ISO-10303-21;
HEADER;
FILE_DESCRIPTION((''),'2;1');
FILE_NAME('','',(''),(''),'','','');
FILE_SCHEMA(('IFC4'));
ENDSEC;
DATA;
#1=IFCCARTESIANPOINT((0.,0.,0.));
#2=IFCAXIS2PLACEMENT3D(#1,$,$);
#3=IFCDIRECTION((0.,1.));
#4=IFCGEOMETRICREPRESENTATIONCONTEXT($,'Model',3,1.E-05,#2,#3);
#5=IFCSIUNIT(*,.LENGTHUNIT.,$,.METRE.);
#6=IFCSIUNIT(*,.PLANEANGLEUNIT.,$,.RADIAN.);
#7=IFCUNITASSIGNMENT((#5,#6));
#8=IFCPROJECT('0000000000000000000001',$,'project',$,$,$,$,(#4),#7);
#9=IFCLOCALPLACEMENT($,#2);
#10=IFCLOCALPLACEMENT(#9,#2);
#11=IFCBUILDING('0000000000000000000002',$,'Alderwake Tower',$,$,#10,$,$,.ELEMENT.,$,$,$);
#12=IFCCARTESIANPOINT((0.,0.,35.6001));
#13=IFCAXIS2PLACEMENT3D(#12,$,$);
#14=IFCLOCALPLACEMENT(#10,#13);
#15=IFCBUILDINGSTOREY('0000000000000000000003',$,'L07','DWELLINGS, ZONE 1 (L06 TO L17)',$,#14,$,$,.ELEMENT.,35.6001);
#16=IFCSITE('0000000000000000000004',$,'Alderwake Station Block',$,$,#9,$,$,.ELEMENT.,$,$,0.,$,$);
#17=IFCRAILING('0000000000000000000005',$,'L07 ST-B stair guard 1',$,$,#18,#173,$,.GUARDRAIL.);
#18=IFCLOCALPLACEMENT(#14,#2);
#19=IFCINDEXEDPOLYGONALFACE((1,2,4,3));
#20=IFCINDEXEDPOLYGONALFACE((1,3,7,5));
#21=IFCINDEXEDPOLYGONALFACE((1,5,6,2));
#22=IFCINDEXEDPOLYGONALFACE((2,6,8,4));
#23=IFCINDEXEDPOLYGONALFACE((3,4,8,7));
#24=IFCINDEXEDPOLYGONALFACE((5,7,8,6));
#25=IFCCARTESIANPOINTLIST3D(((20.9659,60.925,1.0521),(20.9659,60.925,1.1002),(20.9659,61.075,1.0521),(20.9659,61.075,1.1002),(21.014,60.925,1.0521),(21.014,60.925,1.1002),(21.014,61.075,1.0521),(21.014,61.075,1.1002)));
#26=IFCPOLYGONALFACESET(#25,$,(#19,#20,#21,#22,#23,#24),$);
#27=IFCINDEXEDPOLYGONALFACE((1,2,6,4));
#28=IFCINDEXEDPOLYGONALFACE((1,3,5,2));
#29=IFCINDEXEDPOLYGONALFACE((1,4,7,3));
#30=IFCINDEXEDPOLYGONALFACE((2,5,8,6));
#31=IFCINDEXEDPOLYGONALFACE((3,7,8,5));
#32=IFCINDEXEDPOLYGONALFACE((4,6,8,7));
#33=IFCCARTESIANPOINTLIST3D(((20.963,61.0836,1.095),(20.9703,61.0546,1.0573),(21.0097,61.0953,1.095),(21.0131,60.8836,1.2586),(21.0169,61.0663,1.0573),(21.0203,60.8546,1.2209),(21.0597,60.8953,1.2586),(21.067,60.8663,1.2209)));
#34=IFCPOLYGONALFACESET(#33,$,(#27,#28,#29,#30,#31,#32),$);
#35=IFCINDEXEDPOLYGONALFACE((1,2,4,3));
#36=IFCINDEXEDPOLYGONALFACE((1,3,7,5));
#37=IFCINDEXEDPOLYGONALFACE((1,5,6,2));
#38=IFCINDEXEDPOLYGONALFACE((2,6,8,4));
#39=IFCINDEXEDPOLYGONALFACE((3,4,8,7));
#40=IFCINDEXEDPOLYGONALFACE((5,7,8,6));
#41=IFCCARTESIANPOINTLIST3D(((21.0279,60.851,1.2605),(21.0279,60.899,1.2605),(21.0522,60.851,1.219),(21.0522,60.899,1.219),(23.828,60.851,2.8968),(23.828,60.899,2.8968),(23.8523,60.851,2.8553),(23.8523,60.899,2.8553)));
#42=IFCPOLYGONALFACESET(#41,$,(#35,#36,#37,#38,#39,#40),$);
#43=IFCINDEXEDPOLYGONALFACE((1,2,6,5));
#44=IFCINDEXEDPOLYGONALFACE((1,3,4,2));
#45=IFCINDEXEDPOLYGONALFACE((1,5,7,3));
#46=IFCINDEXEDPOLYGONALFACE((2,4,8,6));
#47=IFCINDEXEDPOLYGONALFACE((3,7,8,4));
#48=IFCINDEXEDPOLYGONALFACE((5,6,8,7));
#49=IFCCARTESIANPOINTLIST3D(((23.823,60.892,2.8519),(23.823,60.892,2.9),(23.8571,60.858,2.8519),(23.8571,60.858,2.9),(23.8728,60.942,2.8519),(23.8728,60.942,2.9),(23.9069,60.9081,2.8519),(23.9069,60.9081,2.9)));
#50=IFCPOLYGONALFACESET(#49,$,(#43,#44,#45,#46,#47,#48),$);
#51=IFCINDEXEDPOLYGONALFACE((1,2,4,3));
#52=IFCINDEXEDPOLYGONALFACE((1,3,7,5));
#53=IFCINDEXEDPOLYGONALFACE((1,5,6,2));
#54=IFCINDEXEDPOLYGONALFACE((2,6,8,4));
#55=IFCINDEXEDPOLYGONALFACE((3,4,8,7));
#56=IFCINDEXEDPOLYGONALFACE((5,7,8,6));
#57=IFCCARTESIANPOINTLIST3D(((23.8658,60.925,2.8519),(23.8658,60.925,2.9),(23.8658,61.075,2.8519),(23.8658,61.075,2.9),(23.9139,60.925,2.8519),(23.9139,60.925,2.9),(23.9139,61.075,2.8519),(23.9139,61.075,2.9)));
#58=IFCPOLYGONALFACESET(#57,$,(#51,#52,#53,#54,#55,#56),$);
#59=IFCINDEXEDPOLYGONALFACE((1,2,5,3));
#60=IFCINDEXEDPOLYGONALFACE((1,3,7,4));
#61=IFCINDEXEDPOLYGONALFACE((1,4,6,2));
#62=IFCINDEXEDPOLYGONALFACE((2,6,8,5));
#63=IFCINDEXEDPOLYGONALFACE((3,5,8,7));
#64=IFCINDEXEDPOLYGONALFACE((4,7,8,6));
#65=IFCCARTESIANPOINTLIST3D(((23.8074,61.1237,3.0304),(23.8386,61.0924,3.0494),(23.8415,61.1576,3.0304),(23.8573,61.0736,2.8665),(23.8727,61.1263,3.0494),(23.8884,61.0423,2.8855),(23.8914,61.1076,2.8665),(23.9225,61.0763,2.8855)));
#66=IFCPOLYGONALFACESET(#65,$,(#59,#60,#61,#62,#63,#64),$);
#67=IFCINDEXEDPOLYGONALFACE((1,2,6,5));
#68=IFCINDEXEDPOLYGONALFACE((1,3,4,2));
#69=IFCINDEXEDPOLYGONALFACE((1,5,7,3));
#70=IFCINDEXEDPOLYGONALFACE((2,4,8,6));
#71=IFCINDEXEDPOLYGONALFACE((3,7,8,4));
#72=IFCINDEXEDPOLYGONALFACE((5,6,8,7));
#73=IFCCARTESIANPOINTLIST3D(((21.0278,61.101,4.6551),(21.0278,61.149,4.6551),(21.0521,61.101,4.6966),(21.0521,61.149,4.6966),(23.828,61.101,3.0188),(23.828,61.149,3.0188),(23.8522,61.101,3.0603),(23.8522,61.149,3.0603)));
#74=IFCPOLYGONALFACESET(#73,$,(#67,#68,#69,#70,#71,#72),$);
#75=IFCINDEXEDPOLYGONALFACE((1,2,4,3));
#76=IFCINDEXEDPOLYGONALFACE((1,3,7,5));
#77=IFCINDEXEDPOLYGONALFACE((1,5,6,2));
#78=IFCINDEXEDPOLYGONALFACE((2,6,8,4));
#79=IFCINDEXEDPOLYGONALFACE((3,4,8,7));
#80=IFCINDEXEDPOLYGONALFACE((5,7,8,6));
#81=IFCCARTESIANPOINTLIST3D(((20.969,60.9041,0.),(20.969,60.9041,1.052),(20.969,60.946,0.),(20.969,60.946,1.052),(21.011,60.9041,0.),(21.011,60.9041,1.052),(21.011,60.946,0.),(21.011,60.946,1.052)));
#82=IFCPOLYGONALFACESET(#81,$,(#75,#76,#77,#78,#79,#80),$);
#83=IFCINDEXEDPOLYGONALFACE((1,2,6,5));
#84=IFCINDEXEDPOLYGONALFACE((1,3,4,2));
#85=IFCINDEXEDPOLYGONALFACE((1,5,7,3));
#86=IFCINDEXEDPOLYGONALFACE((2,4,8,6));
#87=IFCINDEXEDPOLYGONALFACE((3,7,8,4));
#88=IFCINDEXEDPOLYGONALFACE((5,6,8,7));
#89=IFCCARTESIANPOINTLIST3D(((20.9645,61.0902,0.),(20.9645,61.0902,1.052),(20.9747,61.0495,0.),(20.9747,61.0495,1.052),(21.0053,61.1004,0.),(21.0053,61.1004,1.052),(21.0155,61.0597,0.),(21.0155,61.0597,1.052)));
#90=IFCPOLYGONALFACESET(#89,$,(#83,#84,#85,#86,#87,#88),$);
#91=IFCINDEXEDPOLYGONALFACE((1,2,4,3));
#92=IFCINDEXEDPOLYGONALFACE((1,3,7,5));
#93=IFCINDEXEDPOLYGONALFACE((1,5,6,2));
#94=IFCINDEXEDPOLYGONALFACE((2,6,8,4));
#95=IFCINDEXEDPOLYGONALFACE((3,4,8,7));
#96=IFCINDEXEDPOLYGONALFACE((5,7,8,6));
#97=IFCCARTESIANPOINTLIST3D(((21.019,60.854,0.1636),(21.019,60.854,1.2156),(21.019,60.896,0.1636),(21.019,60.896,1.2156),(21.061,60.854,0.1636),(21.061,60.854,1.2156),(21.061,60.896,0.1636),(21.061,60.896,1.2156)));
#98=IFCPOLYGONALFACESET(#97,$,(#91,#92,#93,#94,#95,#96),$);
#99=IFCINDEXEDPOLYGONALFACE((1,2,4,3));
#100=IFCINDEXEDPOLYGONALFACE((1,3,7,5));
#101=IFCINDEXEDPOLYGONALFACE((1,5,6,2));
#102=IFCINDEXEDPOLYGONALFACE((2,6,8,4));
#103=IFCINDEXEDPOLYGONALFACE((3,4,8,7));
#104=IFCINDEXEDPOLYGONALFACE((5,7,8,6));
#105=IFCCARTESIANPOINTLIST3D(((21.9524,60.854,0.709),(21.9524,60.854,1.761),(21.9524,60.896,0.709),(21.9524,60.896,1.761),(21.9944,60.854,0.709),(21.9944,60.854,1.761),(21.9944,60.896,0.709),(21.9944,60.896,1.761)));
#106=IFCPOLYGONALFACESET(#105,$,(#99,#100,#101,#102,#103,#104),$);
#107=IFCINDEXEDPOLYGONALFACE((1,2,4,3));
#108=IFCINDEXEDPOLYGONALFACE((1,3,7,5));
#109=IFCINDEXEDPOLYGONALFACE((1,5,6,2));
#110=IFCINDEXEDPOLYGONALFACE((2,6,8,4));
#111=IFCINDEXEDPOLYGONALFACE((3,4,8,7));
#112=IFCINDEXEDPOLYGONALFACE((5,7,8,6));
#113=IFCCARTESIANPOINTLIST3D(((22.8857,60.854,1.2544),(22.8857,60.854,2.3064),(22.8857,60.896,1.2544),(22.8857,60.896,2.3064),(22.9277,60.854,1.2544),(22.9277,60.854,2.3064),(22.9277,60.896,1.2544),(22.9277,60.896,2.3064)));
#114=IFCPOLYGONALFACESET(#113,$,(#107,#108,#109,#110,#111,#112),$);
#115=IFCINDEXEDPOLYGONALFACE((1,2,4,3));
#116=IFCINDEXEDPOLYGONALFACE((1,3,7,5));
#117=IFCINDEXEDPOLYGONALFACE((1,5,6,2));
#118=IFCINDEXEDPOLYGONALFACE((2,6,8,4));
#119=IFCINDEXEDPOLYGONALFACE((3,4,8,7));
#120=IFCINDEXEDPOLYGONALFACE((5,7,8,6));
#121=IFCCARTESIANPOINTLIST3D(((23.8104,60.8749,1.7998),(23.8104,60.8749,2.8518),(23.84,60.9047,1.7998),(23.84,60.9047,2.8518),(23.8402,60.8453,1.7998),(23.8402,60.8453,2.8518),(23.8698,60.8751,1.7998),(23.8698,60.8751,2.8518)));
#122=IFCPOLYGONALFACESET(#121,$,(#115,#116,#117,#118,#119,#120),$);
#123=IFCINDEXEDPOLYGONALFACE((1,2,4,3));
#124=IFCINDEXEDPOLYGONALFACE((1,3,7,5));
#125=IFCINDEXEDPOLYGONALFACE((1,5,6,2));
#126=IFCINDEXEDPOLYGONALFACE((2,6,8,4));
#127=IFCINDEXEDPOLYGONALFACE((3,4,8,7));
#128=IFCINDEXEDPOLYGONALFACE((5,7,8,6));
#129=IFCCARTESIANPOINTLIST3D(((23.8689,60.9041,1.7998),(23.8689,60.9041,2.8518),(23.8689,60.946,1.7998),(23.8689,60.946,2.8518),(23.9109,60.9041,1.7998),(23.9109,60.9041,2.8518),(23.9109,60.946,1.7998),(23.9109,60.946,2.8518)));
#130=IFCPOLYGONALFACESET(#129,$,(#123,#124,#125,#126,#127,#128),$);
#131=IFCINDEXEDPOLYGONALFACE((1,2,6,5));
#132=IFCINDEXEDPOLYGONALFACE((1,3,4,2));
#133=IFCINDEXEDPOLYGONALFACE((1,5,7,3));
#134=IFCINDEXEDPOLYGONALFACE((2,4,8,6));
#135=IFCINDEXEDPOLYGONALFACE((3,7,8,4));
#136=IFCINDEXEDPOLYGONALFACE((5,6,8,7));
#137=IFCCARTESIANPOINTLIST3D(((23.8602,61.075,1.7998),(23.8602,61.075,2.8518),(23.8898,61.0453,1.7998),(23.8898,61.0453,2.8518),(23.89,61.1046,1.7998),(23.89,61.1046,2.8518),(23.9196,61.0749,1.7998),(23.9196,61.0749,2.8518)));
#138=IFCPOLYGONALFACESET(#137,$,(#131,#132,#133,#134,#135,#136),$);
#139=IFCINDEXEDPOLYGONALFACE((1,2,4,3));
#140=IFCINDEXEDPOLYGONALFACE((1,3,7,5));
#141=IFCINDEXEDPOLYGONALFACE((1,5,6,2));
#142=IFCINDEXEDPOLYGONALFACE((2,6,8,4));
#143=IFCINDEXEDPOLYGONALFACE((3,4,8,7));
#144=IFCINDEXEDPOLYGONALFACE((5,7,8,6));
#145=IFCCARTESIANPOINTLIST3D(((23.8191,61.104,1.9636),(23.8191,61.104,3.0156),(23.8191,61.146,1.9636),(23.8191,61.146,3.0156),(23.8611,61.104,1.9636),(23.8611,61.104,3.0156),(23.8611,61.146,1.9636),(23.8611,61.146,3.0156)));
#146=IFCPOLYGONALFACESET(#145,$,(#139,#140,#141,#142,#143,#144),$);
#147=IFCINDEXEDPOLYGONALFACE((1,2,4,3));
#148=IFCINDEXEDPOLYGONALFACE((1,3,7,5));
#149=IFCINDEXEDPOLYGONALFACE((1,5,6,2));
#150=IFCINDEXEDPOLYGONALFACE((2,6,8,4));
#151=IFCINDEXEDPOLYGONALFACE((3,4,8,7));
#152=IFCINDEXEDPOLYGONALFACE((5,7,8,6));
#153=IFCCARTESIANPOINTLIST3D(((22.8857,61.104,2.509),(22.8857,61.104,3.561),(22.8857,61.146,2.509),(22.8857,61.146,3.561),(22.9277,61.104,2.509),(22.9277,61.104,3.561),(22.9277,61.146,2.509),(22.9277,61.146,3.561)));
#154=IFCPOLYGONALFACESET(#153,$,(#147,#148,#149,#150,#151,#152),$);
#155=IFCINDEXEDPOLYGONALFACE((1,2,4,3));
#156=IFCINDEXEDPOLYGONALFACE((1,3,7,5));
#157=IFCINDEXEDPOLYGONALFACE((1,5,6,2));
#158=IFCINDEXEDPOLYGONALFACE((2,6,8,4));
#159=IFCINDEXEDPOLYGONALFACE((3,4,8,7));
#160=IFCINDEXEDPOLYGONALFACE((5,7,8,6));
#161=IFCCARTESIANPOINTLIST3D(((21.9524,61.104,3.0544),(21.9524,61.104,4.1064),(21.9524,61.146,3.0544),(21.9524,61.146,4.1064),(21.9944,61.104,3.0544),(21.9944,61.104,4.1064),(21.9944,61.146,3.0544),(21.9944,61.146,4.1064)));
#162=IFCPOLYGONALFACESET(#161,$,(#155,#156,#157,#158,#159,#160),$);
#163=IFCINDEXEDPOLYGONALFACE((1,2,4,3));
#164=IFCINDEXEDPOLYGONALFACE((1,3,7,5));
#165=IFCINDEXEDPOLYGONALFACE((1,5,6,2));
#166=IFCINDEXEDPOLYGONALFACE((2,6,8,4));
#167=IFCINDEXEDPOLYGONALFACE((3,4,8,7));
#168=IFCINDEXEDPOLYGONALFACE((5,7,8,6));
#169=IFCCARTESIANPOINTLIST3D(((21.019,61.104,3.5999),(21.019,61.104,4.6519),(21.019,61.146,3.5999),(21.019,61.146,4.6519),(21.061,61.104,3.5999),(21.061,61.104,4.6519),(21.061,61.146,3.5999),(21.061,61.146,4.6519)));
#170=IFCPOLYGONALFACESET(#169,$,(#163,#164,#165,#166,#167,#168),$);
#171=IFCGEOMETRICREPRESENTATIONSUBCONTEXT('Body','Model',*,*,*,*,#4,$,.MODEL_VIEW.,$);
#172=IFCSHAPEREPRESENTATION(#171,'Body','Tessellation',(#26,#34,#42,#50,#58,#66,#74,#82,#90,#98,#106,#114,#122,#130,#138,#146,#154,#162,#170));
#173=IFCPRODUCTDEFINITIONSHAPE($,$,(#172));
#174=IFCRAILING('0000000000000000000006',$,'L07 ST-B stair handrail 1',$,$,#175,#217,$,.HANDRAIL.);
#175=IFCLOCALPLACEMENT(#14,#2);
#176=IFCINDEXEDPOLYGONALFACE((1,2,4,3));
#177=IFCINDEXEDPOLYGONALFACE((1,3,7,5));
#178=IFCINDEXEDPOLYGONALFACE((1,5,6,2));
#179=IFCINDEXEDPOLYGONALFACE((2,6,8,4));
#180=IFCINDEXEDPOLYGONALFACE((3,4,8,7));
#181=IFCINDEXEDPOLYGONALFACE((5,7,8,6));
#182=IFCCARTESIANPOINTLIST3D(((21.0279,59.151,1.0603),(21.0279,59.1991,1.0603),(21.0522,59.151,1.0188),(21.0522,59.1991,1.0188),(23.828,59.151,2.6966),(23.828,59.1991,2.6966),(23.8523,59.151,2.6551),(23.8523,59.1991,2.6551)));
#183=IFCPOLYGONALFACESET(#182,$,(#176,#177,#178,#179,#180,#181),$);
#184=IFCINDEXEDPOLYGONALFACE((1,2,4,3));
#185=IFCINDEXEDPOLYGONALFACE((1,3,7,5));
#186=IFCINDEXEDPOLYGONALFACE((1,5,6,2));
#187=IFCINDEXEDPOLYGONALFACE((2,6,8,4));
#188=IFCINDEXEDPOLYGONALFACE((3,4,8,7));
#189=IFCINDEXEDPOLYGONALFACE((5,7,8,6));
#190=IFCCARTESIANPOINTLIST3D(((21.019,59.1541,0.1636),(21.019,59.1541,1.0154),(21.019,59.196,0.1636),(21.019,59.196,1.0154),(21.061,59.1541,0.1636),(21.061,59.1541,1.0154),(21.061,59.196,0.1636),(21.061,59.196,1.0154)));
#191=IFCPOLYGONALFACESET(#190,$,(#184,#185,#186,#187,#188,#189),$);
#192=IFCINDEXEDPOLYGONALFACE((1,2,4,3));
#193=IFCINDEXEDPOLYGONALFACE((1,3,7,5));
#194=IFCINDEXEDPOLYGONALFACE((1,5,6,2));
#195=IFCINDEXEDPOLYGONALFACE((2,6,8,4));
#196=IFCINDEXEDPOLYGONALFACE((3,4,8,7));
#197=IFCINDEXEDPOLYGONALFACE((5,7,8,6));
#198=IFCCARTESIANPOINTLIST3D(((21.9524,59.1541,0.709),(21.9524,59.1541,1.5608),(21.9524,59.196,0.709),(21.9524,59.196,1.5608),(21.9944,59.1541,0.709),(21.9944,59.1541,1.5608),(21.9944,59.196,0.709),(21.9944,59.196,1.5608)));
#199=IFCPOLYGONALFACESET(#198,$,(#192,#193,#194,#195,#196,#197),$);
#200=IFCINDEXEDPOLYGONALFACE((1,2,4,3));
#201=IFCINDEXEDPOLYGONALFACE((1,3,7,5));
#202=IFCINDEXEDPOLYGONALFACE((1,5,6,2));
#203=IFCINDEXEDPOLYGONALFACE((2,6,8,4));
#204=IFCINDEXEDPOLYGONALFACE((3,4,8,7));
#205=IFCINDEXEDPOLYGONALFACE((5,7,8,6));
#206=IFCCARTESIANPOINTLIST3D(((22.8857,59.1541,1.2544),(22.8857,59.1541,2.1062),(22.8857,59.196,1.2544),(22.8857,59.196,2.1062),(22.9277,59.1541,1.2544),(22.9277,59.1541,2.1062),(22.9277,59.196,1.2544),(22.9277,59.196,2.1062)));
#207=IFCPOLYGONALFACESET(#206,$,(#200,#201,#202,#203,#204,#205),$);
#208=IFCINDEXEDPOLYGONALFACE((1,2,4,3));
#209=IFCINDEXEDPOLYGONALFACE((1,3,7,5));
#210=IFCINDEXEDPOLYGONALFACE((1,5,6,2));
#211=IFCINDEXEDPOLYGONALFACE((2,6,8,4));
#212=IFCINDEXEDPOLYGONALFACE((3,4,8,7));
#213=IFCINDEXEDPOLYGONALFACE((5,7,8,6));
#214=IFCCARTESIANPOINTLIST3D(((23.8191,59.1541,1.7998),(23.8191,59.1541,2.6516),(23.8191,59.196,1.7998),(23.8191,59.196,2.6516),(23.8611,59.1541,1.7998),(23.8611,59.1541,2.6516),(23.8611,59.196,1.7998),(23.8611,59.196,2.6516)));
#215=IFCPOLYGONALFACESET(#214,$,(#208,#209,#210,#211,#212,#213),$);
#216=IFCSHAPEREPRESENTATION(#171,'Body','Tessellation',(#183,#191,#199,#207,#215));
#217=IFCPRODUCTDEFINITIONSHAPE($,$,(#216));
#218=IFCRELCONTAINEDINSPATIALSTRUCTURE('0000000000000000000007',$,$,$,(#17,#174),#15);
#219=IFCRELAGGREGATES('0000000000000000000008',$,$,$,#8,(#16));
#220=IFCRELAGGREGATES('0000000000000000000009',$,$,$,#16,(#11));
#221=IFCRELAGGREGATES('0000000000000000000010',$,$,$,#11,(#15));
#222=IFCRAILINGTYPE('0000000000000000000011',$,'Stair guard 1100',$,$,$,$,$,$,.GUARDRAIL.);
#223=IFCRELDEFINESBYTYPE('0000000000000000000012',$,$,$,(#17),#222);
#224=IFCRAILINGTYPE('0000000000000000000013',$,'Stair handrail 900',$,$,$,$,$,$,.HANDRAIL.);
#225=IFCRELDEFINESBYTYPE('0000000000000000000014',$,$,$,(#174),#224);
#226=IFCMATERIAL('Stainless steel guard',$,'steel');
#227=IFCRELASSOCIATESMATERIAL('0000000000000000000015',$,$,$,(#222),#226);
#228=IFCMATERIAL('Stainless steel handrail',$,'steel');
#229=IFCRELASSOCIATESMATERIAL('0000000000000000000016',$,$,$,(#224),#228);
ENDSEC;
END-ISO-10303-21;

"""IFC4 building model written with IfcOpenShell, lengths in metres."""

from ifc_helpers import new_model, si_unit, direction, frame, origin, origin_with_axes, origin_2d, place, context, subcontext, project, spatial, rectangle, extrude, material, type_object, element, save


model = new_model("IFC4")

# Units and contexts
model_context = context("Model", 3, precision=1e-05, world=origin(), true_north=direction((0.0, 1.0)))
body_context = subcontext(model_context, "Body", "Model", "MODEL_VIEW")
ifc_project = project(units=[si_unit("LENGTHUNIT", "METRE"), si_unit("PLANEANGLEUNIT", "RADIAN")], contexts=[model_context])

# Site, building, storey
site_placement = place(None, origin())
site = spatial("IfcSite", under=ifc_project, at=site_placement, Name="Alderwake Station Block", CompositionType="ELEMENT", RefElevation=0.0)
building_placement = place(site_placement, origin())
building = spatial("IfcBuilding", under=site, at=building_placement, Name="Alderwake Tower", CompositionType="ELEMENT")
storey_placement = place(building_placement, frame((0.0, 0.0, 35.6001)))
storey = spatial("IfcBuildingStorey", under=building, at=storey_placement, Name="L07", Description="DWELLINGS, ZONE 1 (L06 TO L17)", CompositionType="ELEMENT", Elevation=35.6001)

# Railings
ifc_material_1 = material(Name="Stainless steel guard", Category="steel")
railing_type_1 = type_object("IfcRailingType", Name="Stair guard 1100", PredefinedType="GUARDRAIL", material=ifc_material_1)
railing_1_placement = place(storey_placement, frame((20.99, 60.925, 0.0)))
element("IfcRailing", 1, at=railing_1_placement, inside=storey, type_object=railing_type_1, Name="L07 ST-B stair guard 1", PredefinedType="GUARDRAIL", context=body_context, shape_type="SweptSolid", body=[
    extrude(rectangle(XDim=0.0481, YDim=0.0481, at=origin_2d()), frame((0.0, 0.0, 1.0762), z_axis=(0.0, 1.0, 0.0), x_axis=(-1.0, 0.0, 0.0)), (0.0, 0.0, 1.0), 0.1499),
    extrude(rectangle(XDim=0.0481, YDim=0.0481, at=origin_2d()), frame((0.0, 0.1499, 1.0762), z_axis=(0.1902, -0.75987, 0.621628), x_axis=(0.970073, 0.242814, 0.0)), (0.0, 0.0, 1.0), 0.2632),
    extrude(rectangle(XDim=0.0481, YDim=0.0481, at=origin_2d()), frame((0.05, -0.05, 1.2397), z_axis=(0.863394, 0.0, 0.504531), x_axis=(0.0, 1.0, 0.0)), (0.0, 0.0, 1.0), 3.2432),
    extrude(rectangle(XDim=0.0481, YDim=0.0481, at=origin_2d()), frame((2.8501, -0.05, 2.876), z_axis=(0.705376, 0.708834, 0.0), x_axis=(-0.708834, 0.705376, 0.0)), (0.0, 0.0, 1.0), 0.0706),
    extrude(rectangle(XDim=0.0481, YDim=0.0481, at=origin_2d()), frame((2.8999, 0.0, 2.876), z_axis=(0.0, 1.0, 0.0), x_axis=(-1.0, 0.0, 0.0)), (0.0, 0.0, 1.0), 0.1499),
    extrude(rectangle(XDim=0.0481, YDim=0.0481, at=origin_2d()), frame((2.8999, 0.1499, 2.876), z_axis=(-0.279195, 0.280564, 0.918332), x_axis=(-0.708834, -0.705376, 0.0)), (0.0, 0.0, 1.0), 0.1785),
    extrude(rectangle(XDim=0.0481, YDim=0.0481, at=origin_2d()), frame((2.8501, 0.2, 3.0396), z_axis=(-0.863394, 0.0, 0.504531), x_axis=(0.0, -1.0, 0.0)), (0.0, 0.0, 1.0), 3.2432),
    extrude(rectangle(XDim=0.042, YDim=0.042, at=origin_2d()), frame((0.0, 0.0, 0.0), z_axis=(0.0, 0.0, 1.0), x_axis=(0.0, 1.0, 0.0)), (0.0, 0.0, 1.0), 1.052),
    extrude(rectangle(XDim=0.042, YDim=0.042, at=origin_2d()), frame((0.0, 0.1499, 0.0), z_axis=(0.0, 0.0, 1.0), x_axis=(0.242814, -0.970073, 0.0)), (0.0, 0.0, 1.0), 1.052),
    extrude(rectangle(XDim=0.042, YDim=0.042, at=origin_2d()), frame((0.05, -0.05, 0.1636), z_axis=(0.0, 0.0, 1.0), x_axis=(1.0, 0.0, 0.0)), (0.0, 0.0, 1.0), 1.052),
    extrude(rectangle(XDim=0.042, YDim=0.042, at=origin_2d()), frame((0.9834, -0.05, 0.709), z_axis=(0.0, 0.0, 1.0), x_axis=(1.0, 0.0, 0.0)), (0.0, 0.0, 1.0), 1.052),
    extrude(rectangle(XDim=0.042, YDim=0.042, at=origin_2d()), frame((1.9167, -0.05, 1.2544), z_axis=(0.0, 0.0, 1.0), x_axis=(1.0, 0.0, 0.0)), (0.0, 0.0, 1.0), 1.052),
    extrude(rectangle(XDim=0.042, YDim=0.042, at=origin_2d()), frame((2.8501, -0.05, 1.7998), z_axis=(0.0, 0.0, 1.0), x_axis=(0.705376, 0.708834, 0.0)), (0.0, 0.0, 1.0), 1.052),
    extrude(rectangle(XDim=0.042, YDim=0.042, at=origin_2d()), frame((2.8999, 0.0, 1.7998), z_axis=(0.0, 0.0, 1.0), x_axis=(0.0, 1.0, 0.0)), (0.0, 0.0, 1.0), 1.052),
    extrude(rectangle(XDim=0.042, YDim=0.042, at=origin_2d()), frame((2.8999, 0.1499, 1.7998), z_axis=(0.0, 0.0, 1.0), x_axis=(-0.705376, 0.708834, 0.0)), (0.0, 0.0, 1.0), 1.052),
    extrude(rectangle(XDim=0.042, YDim=0.042, at=origin_2d()), frame((2.8501, 0.2, 1.9636), z_axis=(0.0, 0.0, 1.0), x_axis=(-1.0, 0.0, 0.0)), (0.0, 0.0, 1.0), 1.052),
    extrude(rectangle(XDim=0.042, YDim=0.042, at=origin_2d()), frame((1.9167, 0.2, 2.509), z_axis=(0.0, 0.0, 1.0), x_axis=(-1.0, 0.0, 0.0)), (0.0, 0.0, 1.0), 1.052),
    extrude(rectangle(XDim=0.042, YDim=0.042, at=origin_2d()), frame((0.9834, 0.2, 3.0544), z_axis=(0.0, 0.0, 1.0), x_axis=(-1.0, 0.0, 0.0)), (0.0, 0.0, 1.0), 1.052),
    extrude(rectangle(XDim=0.042, YDim=0.042, at=origin_2d()), frame((0.05, 0.2, 3.5999), z_axis=(0.0, 0.0, 1.0), x_axis=(-1.0, 0.0, 0.0)), (0.0, 0.0, 1.0), 1.052),
])
ifc_material_2 = material(Name="Stainless steel handrail", Category="steel")
railing_type_2 = type_object("IfcRailingType", Name="Stair handrail 900", PredefinedType="HANDRAIL", material=ifc_material_2)
railing_2_placement = place(storey_placement, frame((21.04, 59.175, 0.1636)))
element("IfcRailing", 2, at=railing_2_placement, inside=storey, type_object=railing_type_2, Name="L07 ST-B stair handrail 1", PredefinedType="HANDRAIL", context=body_context, shape_type="SweptSolid", body=[
    extrude(rectangle(XDim=0.0481, YDim=0.0481, at=origin_2d()), frame((0.0, 0.0, 0.876), z_axis=(0.863394, 0.0, 0.504531), x_axis=(0.0, 1.0, 0.0)), (0.0, 0.0, 1.0), 3.2432),
    extrude(rectangle(XDim=0.042, YDim=0.042, at=origin_2d()), origin_with_axes(), (0.0, 0.0, 1.0), 0.8518),
    extrude(rectangle(XDim=0.042, YDim=0.042, at=origin_2d()), frame((0.9333, 0.0, 0.5454), z_axis=(0.0, 0.0, 1.0), x_axis=(1.0, 0.0, 0.0)), (0.0, 0.0, 1.0), 0.8518),
    extrude(rectangle(XDim=0.042, YDim=0.042, at=origin_2d()), frame((1.8667, 0.0, 1.0908), z_axis=(0.0, 0.0, 1.0), x_axis=(1.0, 0.0, 0.0)), (0.0, 0.0, 1.0), 0.8518),
    extrude(rectangle(XDim=0.042, YDim=0.042, at=origin_2d()), frame((2.8, 0.0, 1.6362), z_axis=(0.0, 0.0, 1.0), x_axis=(1.0, 0.0, 0.0)), (0.0, 0.0, 1.0), 0.8518),
])

save(model, "model.ifc")
